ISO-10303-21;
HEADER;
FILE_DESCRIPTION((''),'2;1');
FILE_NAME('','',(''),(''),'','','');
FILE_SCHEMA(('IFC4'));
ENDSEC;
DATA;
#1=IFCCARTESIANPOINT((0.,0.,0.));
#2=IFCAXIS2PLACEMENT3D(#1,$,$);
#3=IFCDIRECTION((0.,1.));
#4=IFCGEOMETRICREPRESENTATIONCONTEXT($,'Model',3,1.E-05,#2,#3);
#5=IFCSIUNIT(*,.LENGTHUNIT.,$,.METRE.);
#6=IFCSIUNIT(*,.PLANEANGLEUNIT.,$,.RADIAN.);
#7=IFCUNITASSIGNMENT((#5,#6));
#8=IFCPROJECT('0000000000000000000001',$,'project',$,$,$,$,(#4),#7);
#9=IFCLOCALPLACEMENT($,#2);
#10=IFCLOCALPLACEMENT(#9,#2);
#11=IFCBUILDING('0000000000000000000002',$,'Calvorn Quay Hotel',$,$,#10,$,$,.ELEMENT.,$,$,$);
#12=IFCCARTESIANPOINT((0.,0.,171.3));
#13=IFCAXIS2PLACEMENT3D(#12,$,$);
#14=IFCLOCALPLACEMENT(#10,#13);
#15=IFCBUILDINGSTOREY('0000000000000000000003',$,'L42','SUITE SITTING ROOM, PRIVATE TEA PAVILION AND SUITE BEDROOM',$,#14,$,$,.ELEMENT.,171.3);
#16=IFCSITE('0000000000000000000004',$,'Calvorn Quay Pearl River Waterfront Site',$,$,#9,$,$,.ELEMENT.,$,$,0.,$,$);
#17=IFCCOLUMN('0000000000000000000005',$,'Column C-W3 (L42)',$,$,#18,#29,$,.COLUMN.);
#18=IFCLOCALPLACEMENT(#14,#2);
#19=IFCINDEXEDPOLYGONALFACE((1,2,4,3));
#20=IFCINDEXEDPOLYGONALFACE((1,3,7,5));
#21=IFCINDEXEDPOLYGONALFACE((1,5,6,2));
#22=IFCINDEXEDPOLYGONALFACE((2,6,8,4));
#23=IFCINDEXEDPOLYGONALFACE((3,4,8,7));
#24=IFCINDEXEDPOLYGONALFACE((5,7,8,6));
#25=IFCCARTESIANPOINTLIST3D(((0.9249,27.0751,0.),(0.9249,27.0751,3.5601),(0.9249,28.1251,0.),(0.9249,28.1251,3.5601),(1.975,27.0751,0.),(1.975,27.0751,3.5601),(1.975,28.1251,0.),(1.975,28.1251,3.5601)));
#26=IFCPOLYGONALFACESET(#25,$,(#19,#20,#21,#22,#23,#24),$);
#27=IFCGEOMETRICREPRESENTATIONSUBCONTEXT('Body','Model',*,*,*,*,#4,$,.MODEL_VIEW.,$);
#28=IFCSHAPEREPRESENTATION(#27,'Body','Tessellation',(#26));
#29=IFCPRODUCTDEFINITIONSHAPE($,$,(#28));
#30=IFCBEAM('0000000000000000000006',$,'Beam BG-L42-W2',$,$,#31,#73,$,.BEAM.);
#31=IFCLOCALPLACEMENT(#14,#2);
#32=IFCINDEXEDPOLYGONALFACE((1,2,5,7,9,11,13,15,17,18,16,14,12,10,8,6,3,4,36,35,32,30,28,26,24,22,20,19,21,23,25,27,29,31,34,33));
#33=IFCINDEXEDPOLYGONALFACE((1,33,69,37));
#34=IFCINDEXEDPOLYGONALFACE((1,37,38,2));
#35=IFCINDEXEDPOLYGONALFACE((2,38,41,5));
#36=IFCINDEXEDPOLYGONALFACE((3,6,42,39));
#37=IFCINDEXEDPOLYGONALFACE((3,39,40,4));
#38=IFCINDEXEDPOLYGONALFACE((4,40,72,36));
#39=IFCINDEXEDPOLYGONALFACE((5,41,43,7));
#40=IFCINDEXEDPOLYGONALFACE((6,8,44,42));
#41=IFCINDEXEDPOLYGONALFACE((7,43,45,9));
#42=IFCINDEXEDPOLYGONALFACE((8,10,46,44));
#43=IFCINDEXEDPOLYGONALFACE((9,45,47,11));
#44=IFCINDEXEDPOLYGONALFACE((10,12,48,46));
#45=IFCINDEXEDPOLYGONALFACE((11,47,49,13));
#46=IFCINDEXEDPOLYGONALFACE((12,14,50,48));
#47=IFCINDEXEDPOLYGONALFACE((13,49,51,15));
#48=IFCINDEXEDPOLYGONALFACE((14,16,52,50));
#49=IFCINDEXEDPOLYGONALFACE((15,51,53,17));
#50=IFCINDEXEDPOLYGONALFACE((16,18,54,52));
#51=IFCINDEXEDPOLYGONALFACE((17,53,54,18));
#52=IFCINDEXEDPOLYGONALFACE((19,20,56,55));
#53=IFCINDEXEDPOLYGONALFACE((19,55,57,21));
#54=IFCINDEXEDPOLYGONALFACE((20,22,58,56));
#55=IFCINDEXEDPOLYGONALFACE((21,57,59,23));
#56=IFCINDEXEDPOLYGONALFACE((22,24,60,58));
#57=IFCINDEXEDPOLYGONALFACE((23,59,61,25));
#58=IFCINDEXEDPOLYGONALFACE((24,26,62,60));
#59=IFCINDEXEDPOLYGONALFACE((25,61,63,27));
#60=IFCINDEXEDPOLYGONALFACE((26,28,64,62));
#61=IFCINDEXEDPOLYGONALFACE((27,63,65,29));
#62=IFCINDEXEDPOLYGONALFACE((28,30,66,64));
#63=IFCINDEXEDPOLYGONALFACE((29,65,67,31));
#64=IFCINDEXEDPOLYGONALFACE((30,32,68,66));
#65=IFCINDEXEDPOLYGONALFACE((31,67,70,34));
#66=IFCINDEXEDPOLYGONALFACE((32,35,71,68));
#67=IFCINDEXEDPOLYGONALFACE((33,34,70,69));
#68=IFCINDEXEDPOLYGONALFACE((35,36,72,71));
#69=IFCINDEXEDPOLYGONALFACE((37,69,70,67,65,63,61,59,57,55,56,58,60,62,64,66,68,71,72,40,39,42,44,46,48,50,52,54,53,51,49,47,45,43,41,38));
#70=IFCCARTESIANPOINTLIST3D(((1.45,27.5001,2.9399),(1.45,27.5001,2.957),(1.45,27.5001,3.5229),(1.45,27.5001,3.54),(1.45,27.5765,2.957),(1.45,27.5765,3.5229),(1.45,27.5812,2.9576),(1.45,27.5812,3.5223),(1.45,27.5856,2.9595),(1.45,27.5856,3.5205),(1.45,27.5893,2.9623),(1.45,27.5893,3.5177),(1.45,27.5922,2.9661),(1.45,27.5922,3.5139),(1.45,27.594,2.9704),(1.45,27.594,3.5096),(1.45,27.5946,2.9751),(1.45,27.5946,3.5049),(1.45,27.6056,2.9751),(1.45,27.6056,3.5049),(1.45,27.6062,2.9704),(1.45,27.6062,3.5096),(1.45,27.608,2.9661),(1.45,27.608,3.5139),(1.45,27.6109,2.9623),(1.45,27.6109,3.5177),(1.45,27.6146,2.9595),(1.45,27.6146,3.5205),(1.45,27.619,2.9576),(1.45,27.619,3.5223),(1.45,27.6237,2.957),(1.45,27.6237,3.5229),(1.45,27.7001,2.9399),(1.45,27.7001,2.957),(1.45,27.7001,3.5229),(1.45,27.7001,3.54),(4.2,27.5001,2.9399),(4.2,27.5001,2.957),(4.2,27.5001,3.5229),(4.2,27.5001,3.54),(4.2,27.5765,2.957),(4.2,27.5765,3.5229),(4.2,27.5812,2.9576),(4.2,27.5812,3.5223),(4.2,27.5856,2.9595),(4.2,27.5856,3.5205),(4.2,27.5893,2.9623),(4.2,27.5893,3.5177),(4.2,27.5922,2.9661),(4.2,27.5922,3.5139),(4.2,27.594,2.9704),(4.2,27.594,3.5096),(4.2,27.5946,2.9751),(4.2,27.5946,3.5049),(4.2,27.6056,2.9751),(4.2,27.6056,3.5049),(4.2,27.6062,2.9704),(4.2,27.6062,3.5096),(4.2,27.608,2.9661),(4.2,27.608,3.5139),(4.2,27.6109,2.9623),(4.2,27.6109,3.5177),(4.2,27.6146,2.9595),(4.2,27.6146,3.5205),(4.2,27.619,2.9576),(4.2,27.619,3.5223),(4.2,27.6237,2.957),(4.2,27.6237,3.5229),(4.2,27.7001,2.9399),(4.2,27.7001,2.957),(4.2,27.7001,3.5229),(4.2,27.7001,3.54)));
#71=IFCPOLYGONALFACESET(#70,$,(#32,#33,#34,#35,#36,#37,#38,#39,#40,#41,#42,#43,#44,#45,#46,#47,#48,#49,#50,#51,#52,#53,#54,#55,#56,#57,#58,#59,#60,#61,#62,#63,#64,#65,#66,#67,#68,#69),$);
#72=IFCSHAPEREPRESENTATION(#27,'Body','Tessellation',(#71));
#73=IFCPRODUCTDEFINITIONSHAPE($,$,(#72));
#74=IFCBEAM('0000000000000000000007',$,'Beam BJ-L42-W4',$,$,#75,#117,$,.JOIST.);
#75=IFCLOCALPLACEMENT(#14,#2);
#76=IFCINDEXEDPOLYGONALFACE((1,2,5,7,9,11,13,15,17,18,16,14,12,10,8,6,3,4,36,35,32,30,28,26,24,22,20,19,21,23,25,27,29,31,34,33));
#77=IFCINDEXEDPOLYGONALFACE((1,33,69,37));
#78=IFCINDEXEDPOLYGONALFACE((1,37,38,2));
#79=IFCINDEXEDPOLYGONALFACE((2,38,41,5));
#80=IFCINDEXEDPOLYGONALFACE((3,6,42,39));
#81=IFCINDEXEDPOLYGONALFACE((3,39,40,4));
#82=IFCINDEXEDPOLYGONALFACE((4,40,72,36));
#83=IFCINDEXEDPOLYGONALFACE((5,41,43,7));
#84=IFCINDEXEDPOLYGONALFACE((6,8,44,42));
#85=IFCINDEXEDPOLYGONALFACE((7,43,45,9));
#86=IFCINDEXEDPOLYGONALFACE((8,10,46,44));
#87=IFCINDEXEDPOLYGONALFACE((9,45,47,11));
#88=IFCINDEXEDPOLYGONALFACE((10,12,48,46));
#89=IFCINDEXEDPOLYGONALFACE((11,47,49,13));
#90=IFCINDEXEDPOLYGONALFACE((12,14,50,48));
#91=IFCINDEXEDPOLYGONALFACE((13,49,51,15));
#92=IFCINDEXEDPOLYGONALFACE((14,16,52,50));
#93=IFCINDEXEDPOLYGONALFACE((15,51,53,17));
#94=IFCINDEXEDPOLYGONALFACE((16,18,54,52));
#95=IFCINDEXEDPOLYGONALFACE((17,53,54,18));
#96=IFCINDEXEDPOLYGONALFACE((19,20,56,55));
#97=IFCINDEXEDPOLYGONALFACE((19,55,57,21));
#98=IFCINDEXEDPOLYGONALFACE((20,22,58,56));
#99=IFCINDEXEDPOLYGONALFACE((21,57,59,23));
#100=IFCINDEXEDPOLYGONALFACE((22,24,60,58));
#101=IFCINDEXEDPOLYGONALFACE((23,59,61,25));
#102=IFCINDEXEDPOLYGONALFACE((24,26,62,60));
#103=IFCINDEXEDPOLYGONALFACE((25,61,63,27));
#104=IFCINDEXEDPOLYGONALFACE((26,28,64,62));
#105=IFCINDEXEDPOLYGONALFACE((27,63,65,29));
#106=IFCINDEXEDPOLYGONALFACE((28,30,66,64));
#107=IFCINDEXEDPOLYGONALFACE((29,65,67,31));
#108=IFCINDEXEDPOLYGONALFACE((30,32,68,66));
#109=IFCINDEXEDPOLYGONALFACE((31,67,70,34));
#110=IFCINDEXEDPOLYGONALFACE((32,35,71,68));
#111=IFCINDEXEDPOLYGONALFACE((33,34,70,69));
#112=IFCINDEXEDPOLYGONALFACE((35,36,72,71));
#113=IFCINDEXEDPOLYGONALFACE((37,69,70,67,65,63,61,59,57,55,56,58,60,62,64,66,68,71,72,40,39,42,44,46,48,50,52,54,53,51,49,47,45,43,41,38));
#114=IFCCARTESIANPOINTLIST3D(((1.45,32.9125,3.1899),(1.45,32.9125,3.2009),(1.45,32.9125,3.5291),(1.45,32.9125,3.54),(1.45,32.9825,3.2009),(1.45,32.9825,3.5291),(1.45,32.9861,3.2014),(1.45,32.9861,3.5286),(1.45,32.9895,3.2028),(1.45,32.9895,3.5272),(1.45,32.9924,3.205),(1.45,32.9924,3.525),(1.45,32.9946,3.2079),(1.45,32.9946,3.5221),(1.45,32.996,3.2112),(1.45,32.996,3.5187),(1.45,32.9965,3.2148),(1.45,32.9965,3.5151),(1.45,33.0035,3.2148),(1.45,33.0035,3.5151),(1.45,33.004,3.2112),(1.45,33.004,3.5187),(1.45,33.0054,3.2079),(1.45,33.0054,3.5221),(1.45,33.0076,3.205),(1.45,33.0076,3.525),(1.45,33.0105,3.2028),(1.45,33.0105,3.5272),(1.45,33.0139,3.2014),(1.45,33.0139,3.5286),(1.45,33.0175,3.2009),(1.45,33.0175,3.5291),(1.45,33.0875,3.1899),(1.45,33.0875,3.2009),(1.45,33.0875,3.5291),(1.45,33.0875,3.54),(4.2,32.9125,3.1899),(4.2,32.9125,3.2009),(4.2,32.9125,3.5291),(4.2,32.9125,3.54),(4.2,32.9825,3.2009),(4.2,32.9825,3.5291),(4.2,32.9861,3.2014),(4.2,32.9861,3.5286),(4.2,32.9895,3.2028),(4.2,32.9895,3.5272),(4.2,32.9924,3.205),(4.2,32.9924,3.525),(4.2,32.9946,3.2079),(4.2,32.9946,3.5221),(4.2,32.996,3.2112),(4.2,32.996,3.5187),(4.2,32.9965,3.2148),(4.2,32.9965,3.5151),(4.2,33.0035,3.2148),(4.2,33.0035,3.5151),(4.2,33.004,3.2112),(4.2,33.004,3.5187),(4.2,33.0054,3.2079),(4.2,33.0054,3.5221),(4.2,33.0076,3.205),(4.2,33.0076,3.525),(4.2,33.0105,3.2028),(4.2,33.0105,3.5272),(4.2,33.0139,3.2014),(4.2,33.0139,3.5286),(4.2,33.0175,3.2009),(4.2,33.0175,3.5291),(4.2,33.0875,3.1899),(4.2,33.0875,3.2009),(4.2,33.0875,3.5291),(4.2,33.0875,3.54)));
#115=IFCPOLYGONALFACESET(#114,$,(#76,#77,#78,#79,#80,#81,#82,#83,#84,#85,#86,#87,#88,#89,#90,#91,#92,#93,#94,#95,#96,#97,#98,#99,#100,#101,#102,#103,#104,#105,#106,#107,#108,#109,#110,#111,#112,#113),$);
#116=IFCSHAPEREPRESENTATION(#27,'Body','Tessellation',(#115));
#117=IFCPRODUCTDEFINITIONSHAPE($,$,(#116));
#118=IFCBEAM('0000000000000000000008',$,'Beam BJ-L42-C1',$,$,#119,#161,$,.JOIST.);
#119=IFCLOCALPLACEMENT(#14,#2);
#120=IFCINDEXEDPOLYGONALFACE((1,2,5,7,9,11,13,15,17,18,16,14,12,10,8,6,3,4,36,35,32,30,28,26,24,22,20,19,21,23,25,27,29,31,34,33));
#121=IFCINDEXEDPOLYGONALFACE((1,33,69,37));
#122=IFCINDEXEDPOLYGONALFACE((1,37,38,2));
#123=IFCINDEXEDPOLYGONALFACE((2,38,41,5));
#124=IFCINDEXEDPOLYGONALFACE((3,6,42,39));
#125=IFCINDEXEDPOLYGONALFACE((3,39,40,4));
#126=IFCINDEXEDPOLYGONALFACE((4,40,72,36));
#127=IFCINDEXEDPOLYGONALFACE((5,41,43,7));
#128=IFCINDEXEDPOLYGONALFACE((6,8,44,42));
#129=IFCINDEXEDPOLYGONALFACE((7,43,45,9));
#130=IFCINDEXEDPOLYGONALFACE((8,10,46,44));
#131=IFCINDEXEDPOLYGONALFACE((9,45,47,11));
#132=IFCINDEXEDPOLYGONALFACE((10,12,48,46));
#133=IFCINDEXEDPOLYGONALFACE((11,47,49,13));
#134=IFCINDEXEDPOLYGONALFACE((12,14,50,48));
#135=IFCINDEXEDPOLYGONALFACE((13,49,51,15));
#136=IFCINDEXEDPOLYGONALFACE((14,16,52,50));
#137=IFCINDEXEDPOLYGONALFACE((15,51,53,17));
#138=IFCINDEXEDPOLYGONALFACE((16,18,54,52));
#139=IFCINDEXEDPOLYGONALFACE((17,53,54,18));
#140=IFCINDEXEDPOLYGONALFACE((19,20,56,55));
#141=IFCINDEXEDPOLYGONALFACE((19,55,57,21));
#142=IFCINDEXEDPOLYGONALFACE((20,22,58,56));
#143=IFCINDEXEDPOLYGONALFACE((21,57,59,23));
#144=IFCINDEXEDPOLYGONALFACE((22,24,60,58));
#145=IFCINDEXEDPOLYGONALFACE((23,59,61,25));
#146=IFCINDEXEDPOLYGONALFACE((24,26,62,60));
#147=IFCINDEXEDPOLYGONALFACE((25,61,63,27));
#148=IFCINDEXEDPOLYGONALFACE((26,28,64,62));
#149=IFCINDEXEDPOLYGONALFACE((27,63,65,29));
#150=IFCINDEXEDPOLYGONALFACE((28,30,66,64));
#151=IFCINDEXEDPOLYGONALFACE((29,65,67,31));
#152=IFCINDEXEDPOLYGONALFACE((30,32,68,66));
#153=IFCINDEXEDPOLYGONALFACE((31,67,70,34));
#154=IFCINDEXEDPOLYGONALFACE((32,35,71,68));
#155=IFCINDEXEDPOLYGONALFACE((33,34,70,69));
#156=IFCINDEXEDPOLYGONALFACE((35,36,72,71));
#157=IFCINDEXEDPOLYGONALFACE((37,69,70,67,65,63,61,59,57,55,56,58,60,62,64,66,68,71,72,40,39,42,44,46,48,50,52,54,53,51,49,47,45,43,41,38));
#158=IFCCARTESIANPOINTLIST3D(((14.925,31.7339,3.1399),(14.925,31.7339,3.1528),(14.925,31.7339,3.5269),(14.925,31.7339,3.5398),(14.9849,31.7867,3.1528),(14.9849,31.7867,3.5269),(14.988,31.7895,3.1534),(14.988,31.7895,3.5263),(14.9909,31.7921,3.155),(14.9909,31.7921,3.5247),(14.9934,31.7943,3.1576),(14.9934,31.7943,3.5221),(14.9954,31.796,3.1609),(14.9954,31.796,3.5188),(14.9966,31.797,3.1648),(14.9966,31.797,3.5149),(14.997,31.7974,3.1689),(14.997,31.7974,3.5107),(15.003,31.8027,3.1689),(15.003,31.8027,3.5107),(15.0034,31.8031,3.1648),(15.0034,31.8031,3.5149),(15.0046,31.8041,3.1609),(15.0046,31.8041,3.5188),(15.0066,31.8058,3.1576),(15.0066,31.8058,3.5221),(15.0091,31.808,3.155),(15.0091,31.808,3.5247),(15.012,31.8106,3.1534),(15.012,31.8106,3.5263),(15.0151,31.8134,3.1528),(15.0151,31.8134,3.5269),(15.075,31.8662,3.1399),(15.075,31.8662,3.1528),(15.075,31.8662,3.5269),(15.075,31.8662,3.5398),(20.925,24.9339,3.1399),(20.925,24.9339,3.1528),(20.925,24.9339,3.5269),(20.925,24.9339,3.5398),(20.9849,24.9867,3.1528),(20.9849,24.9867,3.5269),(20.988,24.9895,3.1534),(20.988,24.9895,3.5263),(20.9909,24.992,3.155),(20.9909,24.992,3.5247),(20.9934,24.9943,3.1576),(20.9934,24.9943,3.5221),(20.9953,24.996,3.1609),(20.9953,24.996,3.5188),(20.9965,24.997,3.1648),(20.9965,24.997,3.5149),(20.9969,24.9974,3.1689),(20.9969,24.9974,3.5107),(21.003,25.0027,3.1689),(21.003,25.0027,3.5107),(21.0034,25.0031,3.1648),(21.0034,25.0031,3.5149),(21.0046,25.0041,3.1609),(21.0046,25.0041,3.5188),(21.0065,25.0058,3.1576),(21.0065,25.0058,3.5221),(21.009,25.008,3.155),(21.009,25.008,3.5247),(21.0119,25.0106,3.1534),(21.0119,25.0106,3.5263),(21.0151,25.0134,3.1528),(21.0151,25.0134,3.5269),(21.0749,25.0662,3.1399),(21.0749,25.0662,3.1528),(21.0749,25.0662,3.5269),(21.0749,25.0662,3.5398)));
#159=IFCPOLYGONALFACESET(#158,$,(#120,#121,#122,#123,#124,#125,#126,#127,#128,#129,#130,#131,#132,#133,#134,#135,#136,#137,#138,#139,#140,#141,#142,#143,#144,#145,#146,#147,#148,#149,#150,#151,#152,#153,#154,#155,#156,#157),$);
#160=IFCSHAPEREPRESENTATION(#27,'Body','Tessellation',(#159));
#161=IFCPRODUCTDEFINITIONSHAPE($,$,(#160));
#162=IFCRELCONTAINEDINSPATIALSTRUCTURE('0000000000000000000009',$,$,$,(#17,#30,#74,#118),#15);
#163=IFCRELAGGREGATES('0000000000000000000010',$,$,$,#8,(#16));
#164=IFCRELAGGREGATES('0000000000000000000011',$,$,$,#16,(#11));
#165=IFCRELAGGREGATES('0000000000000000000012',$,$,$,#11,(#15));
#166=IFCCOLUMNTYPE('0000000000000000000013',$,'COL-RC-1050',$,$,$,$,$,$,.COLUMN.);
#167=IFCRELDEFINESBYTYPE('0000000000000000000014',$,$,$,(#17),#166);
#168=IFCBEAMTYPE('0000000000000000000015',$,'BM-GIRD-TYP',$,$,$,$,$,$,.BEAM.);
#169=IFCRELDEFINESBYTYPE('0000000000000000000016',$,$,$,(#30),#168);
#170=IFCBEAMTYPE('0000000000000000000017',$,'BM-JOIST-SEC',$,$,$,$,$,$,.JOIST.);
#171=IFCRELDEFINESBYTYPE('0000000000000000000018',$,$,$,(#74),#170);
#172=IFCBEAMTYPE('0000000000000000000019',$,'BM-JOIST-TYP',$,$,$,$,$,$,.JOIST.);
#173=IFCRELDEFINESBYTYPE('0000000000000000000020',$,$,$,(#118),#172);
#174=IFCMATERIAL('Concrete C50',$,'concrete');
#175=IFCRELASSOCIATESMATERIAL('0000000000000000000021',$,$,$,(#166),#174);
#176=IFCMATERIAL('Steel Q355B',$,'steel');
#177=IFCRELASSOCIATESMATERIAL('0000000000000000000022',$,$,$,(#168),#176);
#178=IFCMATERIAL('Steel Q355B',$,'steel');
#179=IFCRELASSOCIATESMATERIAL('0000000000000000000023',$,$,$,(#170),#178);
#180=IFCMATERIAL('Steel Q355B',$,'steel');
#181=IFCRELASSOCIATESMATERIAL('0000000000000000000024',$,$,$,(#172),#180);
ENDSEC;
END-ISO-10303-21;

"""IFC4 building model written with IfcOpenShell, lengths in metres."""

from ifc_helpers import new_model, si_unit, direction, frame, origin, origin_2d, place, context, subcontext, project, spatial, rectangle, i_section, extrude, material, material_profile, profile_set, type_object, element, save


model = new_model("IFC4")

# Units and contexts
model_context = context("Model", 3, precision=1e-05, world=origin(), true_north=direction((0.0, 1.0)))
body_context = subcontext(model_context, "Body", "Model", "MODEL_VIEW")
ifc_project = project(units=[si_unit("LENGTHUNIT", "METRE"), si_unit("PLANEANGLEUNIT", "RADIAN")], contexts=[model_context])

# Site, building, storey
site_placement = place(None, origin())
site = spatial("IfcSite", under=ifc_project, at=site_placement, Name="Calvorn Quay Pearl River Waterfront Site", CompositionType="ELEMENT", RefElevation=0.0)
building_placement = place(site_placement, origin())
building = spatial("IfcBuilding", under=site, at=building_placement, Name="Calvorn Quay Hotel", CompositionType="ELEMENT")
storey_placement = place(building_placement, frame((0.0, 0.0, 171.3)))
storey = spatial("IfcBuildingStorey", under=building, at=storey_placement, Name="L42", Description="SUITE SITTING ROOM, PRIVATE TEA PAVILION AND SUITE BEDROOM", CompositionType="ELEMENT", Elevation=171.3)

# Column
ifc_material_1 = material(Name="Concrete C50", Category="concrete")
ifc_material_profile_1 = material_profile(ifc_material_1, rectangle(XDim=1.05, YDim=1.05, at=origin_2d()), Name="RC1050x1050")
ifc_profile_set_1 = profile_set([ifc_material_profile_1], Name="Concrete C50")
column_type = type_object("IfcColumnType", Name="COL-RC-1050", PredefinedType="COLUMN", material=ifc_profile_set_1)
column_placement = place(storey_placement, frame((1.45, 27.6001, 0.0), z_axis=(0.0, 0.0, 1.0), x_axis=(1.0, 0.0, 0.0)))
element("IfcColumn", 1, at=column_placement, inside=storey, type_object=column_type, Name="Column C-W3 (L42)", PredefinedType="COLUMN", context=body_context, shape_type="SweptSolid", body=[
    extrude(rectangle(XDim=1.05, YDim=1.05, at=origin_2d()), origin(), (0.0, 0.0, 1.0), 3.5601),
])

# Beams
ifc_material_2 = material(Name="Steel Q355B", Category="steel")
ifc_material_profile_2 = material_profile(ifc_material_2, i_section(OverallWidth=0.2, OverallDepth=0.6001, WebThickness=0.011, FlangeThickness=0.0171, FilletRadius=0.0181, at=origin_2d()), Name="HN600x200x11x17")
ifc_profile_set_2 = profile_set([ifc_material_profile_2], Name="Steel Q355B")
beam_type_1 = type_object("IfcBeamType", Name="BM-GIRD-TYP", PredefinedType="BEAM", material=ifc_profile_set_2)
beam_1_placement = place(storey_placement, frame((1.45, 27.6001, 3.24), z_axis=(1.0, 0.0, 0.0), x_axis=(0.0, 1.0, 0.0)))
element("IfcBeam", 2, at=beam_1_placement, inside=storey, type_object=beam_type_1, Name="Beam BG-L42-W2", PredefinedType="BEAM", context=body_context, shape_type="SweptSolid", body=[
    extrude(i_section(OverallWidth=0.2, OverallDepth=0.6001, WebThickness=0.011, FlangeThickness=0.0171, FilletRadius=0.0181, at=origin_2d()), origin(), (0.0, 0.0, 1.0), 2.75),
])
ifc_material_3 = material(Name="Steel Q355B", Category="steel")
ifc_material_profile_3 = material_profile(ifc_material_3, i_section(OverallWidth=0.175, OverallDepth=0.3501, WebThickness=0.0071, FlangeThickness=0.011, FilletRadius=0.0139, at=origin_2d()), Name="HN350x175x7x11")
ifc_profile_set_3 = profile_set([ifc_material_profile_3], Name="Steel Q355B")
beam_type_2 = type_object("IfcBeamType", Name="BM-JOIST-SEC", PredefinedType="JOIST", material=ifc_profile_set_3)
beam_2_placement = place(storey_placement, frame((1.45, 33.0, 3.365), z_axis=(1.0, 0.0, 0.0), x_axis=(0.0, 1.0, 0.0)))
element("IfcBeam", 3, at=beam_2_placement, inside=storey, type_object=beam_type_2, Name="Beam BJ-L42-W4", PredefinedType="JOIST", context=body_context, shape_type="SweptSolid", body=[
    extrude(i_section(OverallWidth=0.175, OverallDepth=0.3501, WebThickness=0.0071, FlangeThickness=0.011, FilletRadius=0.0139, at=origin_2d()), origin(), (0.0, 0.0, 1.0), 2.75),
])
ifc_material_4 = material(Name="Steel Q355B", Category="steel")
ifc_material_profile_4 = material_profile(ifc_material_4, i_section(OverallWidth=0.2, OverallDepth=0.3999, WebThickness=0.0081, FlangeThickness=0.0129, FilletRadius=0.0161, at=origin_2d()), Name="HN400x200x8x13")
ifc_profile_set_4 = profile_set([ifc_material_profile_4], Name="Steel Q355B")
beam_type_3 = type_object("IfcBeamType", Name="BM-JOIST-TYP", PredefinedType="JOIST", material=ifc_profile_set_4)
beam_3_placement = place(storey_placement, frame((15.0, 31.8, 3.3398), z_axis=(0.661619, -0.74984, 0.0), x_axis=(0.74984, 0.661619, 0.0)))
element("IfcBeam", 4, at=beam_3_placement, inside=storey, type_object=beam_type_3, Name="Beam BJ-L42-C1", PredefinedType="JOIST", context=body_context, shape_type="SweptSolid", body=[
    extrude(i_section(OverallWidth=0.2, OverallDepth=0.3999, WebThickness=0.0081, FlangeThickness=0.0129, FilletRadius=0.0161, at=origin_2d()), origin(), (0.0, 0.0, 1.0), 9.0686),
])

save(model, "model.ifc")
